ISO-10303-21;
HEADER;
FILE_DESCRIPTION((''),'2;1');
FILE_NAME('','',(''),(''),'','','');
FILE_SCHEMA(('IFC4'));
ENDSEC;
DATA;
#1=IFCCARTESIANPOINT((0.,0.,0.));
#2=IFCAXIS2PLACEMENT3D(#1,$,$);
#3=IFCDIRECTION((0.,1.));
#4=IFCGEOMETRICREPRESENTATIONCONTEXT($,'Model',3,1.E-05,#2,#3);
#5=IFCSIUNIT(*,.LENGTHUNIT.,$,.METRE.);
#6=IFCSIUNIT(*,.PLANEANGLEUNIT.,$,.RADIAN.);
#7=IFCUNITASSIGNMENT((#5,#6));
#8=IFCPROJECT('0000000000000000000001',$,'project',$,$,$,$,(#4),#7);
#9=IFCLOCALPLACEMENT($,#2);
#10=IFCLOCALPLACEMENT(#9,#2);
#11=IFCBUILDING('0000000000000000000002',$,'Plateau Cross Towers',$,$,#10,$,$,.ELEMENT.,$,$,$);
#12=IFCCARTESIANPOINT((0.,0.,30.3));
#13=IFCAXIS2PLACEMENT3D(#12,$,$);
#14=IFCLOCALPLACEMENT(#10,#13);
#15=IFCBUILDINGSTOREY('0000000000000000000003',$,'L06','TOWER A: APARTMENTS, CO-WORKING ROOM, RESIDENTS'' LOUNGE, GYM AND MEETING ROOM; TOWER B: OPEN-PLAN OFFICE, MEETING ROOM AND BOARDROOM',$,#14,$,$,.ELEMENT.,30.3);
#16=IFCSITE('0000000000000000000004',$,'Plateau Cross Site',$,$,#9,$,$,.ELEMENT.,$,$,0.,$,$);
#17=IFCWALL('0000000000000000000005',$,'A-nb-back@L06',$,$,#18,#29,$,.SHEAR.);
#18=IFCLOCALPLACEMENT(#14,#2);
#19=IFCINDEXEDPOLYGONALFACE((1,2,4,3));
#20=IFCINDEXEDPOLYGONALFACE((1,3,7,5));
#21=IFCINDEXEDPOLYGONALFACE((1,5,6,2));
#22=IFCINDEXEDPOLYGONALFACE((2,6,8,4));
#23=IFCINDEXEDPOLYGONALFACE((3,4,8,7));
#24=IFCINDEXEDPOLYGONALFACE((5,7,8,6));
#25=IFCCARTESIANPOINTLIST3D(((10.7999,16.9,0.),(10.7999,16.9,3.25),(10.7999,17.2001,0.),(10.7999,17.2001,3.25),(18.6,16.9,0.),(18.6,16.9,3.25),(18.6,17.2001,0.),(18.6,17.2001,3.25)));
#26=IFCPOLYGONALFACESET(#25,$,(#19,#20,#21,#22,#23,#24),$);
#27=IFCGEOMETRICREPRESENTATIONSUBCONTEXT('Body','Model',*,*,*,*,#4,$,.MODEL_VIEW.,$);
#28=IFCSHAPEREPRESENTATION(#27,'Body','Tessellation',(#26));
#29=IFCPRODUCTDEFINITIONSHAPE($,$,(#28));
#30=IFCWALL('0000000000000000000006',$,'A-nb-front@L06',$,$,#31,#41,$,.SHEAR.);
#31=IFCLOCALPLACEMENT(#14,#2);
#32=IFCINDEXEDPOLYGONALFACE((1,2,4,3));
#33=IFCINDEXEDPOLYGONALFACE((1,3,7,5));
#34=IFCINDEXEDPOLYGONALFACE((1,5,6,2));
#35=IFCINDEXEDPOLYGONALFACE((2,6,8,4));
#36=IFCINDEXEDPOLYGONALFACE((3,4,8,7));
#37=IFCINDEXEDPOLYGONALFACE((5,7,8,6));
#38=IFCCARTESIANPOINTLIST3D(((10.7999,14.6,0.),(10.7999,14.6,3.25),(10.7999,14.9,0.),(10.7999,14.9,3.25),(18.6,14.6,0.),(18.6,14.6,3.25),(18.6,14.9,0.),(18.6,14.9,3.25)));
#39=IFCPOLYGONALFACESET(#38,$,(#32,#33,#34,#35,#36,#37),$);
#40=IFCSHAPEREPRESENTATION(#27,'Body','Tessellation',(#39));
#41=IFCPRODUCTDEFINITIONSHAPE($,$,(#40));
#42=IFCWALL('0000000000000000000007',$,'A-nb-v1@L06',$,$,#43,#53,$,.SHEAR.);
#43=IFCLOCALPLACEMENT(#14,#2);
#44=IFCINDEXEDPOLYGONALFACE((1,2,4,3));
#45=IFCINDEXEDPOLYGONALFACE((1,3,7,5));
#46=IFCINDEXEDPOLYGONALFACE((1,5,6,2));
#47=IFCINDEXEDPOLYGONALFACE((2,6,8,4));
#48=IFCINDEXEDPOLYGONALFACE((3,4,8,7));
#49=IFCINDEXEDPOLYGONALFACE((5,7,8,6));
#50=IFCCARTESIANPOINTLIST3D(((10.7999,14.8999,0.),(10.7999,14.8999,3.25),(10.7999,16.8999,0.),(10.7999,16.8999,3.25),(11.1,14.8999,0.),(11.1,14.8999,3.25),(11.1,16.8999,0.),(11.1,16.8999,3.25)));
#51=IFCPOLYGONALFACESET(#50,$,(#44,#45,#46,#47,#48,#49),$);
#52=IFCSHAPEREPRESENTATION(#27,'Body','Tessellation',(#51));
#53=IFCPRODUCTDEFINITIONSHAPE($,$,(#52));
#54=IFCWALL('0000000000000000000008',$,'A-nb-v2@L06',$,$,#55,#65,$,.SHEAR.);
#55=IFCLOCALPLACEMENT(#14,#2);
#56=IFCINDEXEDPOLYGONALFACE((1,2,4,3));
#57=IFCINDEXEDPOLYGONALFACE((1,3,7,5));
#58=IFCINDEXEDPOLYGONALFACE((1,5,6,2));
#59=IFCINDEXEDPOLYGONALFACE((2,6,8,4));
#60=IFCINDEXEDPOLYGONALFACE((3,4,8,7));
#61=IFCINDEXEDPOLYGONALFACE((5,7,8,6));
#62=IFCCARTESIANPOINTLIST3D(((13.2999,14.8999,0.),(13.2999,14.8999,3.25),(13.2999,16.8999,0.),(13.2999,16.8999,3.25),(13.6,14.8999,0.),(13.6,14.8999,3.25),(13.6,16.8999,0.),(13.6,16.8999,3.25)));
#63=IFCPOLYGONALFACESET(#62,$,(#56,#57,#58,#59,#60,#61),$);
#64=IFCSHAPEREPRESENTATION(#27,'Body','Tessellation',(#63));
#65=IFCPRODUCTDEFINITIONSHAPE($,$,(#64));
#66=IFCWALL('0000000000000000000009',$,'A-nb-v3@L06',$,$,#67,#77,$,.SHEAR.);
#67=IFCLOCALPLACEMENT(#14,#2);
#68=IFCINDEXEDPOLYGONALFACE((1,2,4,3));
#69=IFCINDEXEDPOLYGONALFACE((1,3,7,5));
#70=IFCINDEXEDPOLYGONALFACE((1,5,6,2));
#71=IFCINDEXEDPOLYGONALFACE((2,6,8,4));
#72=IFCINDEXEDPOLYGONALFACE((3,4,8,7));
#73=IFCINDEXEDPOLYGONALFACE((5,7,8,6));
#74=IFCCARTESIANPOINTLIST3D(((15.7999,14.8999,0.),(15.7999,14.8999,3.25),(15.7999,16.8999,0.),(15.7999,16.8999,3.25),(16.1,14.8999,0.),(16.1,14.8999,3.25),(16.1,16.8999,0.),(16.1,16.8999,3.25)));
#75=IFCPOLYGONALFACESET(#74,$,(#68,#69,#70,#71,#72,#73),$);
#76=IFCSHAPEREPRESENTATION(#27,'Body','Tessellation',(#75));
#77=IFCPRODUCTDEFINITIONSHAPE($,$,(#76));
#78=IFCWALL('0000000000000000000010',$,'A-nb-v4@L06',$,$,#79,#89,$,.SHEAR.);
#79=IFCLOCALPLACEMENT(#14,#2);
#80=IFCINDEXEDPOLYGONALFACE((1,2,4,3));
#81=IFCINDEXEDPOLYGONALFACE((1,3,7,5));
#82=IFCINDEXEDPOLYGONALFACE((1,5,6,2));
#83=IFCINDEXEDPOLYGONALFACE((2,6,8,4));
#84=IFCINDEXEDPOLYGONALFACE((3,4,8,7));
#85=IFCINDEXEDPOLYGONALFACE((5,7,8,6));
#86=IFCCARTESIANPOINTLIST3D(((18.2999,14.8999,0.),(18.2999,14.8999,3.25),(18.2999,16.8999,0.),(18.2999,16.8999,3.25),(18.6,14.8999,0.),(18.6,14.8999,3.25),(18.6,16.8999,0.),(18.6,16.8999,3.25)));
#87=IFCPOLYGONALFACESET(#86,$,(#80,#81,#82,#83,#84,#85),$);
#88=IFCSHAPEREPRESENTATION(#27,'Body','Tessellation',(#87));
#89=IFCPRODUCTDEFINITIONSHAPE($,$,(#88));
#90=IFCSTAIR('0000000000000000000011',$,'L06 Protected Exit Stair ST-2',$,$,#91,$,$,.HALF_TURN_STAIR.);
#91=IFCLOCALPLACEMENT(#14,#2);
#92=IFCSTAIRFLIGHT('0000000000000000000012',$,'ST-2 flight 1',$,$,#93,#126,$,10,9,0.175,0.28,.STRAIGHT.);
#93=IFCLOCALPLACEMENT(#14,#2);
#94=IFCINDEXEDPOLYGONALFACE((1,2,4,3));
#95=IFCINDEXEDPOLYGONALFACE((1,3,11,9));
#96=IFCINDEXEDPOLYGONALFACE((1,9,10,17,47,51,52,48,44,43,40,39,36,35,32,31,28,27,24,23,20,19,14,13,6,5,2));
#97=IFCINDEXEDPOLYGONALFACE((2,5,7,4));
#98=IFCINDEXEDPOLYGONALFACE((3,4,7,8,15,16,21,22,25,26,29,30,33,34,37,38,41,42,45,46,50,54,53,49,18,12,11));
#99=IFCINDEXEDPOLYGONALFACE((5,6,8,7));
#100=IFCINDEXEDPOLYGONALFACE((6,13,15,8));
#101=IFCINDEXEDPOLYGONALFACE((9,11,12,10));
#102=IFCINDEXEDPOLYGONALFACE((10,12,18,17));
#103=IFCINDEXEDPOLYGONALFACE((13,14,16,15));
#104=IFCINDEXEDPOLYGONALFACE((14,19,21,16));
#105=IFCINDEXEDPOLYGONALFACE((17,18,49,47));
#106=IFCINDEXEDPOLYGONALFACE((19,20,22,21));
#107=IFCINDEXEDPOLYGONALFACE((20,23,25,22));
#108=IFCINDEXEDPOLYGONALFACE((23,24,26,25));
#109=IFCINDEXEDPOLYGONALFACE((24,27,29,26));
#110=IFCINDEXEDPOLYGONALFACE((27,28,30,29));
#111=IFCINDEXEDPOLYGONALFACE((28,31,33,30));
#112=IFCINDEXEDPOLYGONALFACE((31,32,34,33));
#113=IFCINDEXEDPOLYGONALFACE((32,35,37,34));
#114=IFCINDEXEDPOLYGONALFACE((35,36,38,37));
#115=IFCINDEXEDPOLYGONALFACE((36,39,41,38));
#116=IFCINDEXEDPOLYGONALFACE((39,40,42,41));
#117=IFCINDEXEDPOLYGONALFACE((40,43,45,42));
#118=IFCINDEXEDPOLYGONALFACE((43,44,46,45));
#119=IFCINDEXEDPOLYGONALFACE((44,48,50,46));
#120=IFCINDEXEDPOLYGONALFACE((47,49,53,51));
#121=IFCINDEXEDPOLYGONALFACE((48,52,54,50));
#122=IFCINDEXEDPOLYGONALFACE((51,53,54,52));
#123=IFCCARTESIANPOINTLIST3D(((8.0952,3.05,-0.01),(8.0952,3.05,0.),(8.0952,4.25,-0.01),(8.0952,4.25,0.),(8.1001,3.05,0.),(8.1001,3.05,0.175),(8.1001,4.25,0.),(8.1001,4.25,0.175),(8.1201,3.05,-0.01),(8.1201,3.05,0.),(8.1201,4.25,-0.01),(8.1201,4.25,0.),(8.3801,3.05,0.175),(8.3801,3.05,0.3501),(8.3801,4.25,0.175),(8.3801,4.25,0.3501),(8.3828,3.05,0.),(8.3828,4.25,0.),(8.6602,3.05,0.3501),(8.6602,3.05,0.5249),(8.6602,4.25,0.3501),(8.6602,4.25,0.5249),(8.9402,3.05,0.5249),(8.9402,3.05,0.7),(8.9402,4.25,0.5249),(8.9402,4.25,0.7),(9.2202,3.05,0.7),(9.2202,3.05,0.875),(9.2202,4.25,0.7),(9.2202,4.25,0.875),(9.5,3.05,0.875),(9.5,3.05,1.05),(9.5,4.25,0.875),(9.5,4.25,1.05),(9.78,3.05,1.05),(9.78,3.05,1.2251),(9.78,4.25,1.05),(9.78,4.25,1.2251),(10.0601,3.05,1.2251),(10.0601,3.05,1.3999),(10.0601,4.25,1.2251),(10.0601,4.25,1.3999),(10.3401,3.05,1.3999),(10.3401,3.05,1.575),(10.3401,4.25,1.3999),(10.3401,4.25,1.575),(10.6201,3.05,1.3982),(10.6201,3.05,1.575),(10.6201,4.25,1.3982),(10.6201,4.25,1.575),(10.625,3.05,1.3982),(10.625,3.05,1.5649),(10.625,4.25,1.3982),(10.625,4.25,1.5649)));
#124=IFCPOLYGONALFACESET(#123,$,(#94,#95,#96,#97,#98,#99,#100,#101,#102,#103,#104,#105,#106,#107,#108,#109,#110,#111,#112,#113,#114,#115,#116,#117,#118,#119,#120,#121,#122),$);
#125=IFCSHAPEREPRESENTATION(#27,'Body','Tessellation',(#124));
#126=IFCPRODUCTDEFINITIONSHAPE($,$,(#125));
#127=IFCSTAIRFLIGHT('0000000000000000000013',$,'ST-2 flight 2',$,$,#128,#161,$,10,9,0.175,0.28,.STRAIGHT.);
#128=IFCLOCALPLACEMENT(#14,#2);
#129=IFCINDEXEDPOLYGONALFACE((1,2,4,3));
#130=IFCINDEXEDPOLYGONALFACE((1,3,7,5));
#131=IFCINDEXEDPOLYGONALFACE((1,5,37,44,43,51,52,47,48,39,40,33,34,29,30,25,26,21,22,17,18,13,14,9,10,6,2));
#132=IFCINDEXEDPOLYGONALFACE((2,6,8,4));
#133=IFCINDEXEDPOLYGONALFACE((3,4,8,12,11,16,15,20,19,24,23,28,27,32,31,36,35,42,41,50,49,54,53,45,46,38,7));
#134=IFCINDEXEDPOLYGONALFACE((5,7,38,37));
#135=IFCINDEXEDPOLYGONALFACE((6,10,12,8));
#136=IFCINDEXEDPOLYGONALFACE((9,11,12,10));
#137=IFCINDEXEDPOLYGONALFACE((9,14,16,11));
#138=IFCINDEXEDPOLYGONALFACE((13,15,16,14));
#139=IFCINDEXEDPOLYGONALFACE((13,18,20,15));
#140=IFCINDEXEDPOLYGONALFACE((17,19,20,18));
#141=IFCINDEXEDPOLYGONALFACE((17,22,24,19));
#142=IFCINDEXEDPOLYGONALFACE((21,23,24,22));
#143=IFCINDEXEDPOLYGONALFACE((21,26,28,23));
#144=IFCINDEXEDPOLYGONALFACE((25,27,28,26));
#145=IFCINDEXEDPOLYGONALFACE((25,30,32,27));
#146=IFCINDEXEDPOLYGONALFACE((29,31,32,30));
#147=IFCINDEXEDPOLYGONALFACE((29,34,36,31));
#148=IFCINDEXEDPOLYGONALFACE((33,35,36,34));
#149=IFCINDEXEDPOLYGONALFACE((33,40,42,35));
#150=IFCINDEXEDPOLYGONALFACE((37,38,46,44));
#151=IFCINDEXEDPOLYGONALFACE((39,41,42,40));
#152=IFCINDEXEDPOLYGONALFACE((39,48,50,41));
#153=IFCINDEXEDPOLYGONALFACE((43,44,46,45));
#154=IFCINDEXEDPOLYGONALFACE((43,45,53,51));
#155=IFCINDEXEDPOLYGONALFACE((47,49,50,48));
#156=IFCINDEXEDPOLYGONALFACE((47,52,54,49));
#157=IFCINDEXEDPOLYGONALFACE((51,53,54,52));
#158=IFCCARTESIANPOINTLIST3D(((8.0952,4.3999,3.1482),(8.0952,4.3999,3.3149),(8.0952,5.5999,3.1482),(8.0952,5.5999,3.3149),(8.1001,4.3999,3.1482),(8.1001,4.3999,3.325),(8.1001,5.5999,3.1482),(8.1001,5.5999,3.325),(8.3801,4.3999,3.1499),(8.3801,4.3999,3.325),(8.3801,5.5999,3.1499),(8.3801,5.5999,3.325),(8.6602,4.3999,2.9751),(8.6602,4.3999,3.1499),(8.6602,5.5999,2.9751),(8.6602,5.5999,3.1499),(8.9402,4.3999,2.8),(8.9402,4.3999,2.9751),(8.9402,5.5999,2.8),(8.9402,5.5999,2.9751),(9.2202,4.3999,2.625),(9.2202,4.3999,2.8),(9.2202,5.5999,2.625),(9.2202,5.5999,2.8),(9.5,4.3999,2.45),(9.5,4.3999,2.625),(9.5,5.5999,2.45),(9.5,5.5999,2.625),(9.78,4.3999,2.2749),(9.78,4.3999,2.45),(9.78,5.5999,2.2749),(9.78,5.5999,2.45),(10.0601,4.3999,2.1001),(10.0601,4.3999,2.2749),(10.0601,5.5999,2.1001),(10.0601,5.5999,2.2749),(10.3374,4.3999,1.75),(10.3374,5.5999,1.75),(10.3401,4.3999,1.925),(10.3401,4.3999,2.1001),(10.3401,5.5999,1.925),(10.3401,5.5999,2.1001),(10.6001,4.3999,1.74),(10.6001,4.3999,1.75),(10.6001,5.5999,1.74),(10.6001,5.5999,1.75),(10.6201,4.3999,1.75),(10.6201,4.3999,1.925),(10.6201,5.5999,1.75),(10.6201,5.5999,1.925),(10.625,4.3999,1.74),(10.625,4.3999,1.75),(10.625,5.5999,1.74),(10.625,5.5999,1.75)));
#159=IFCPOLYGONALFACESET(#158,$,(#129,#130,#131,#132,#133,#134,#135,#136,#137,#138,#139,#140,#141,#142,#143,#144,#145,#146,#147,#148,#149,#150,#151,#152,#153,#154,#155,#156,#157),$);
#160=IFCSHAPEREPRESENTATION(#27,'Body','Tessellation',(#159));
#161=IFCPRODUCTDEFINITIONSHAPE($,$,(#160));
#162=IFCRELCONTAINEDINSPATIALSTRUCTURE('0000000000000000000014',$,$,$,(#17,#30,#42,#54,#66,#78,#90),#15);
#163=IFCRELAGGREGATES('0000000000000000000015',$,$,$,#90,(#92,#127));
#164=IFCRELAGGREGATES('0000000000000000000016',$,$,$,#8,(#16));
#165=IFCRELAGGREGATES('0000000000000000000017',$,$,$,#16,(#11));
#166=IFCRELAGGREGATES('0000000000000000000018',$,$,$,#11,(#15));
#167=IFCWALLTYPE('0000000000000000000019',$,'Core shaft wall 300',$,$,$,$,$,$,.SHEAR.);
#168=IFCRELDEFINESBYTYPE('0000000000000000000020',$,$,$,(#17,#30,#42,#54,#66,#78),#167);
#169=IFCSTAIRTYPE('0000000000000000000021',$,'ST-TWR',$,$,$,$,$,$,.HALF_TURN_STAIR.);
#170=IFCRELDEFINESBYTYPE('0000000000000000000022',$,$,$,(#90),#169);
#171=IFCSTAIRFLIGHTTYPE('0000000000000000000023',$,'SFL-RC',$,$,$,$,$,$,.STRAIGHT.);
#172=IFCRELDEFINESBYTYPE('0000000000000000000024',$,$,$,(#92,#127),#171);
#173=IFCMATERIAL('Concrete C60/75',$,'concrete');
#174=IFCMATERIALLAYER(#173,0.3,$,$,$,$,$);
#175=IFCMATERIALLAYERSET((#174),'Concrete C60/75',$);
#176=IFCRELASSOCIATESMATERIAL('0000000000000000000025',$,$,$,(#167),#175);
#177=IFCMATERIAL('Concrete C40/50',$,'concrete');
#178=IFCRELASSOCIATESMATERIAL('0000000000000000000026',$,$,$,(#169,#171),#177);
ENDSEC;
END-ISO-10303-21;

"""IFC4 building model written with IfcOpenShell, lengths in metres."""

from ifc_helpers import new_model, si_unit, direction, frame, frame_2d, origin, place, context, subcontext, project, spatial, polyline, rectangle, outline, extrude, material, layer, layer_set, type_object, element, aggregate, save


model = new_model("IFC4")

# Units and contexts
model_context = context("Model", 3, precision=1e-05, world=origin(), true_north=direction((0.0, 1.0)))
body_context = subcontext(model_context, "Body", "Model", "MODEL_VIEW")
ifc_project = project(units=[si_unit("LENGTHUNIT", "METRE"), si_unit("PLANEANGLEUNIT", "RADIAN")], contexts=[model_context])

# Site, building, storey
site_placement = place(None, origin())
site = spatial("IfcSite", under=ifc_project, at=site_placement, Name="Plateau Cross Site", CompositionType="ELEMENT", RefElevation=0.0)
building_placement = place(site_placement, origin())
building = spatial("IfcBuilding", under=site, at=building_placement, Name="Plateau Cross Towers", CompositionType="ELEMENT")
storey_placement = place(building_placement, frame((0.0, 0.0, 30.3)))
storey = spatial("IfcBuildingStorey", under=building, at=storey_placement, Name="L06", Description="TOWER A: APARTMENTS, CO-WORKING ROOM, RESIDENTS' LOUNGE, GYM AND MEETING ROOM; TOWER B: OPEN-PLAN OFFICE, MEETING ROOM AND BOARDROOM", CompositionType="ELEMENT", Elevation=30.3)

# Shared definitions
ifc_material_1 = material(Name="Concrete C60/75", Category="concrete")

# Walls
ifc_layer_1 = layer(ifc_material_1, 0.3)
ifc_layer_set_1 = layer_set([ifc_layer_1], Name="Concrete C60/75")
wall_type_1 = type_object("IfcWallType", Name="Core shaft wall 300", PredefinedType="SHEAR", material=ifc_layer_set_1)
for number, where, z_axis, x_axis, name in (
    (1, (10.8, 17.05, 0.0), (0.0, 0.0, 1.0), (1.0, 0.0, 0.0), "A-nb-back@L06"),
    (2, (10.8, 14.75, 0.0), (0.0, 0.0, 1.0), (1.0, 0.0, 0.0), "A-nb-front@L06"),
):
    element("IfcWall", number, at=place(storey_placement, frame(where, z_axis=z_axis, x_axis=x_axis)), inside=storey, type_object=wall_type_1, Name=name, PredefinedType="SHEAR", context=body_context, shape_type="SweptSolid", body=[
        extrude(rectangle(XDim=7.8, YDim=0.3, at=frame_2d((3.8999, 0.0))), origin(), (0.0, 0.0, 1.0), 3.25),
    ])
for number, where, z_axis, x_axis, name in (
    (3, (10.95, 14.8999, 0.0), (0.0, 0.0, 1.0), (0.0, 1.0, 0.0), "A-nb-v1@L06"),
    (4, (13.45, 14.8999, 0.0), (0.0, 0.0, 1.0), (0.0, 1.0, 0.0), "A-nb-v2@L06"),
    (5, (15.95, 14.8999, 0.0), (0.0, 0.0, 1.0), (0.0, 1.0, 0.0), "A-nb-v3@L06"),
    (6, (18.45, 14.8999, 0.0), (0.0, 0.0, 1.0), (0.0, 1.0, 0.0), "A-nb-v4@L06"),
):
    element("IfcWall", number, at=place(storey_placement, frame(where, z_axis=z_axis, x_axis=x_axis)), inside=storey, type_object=wall_type_1, Name=name, PredefinedType="SHEAR", context=body_context, shape_type="SweptSolid", body=[
        extrude(rectangle(XDim=2.0, YDim=0.3, at=frame_2d((1.0, 0.0))), origin(), (0.0, 0.0, 1.0), 3.25),
    ])

# Stair, stair flights
ifc_material_2 = material(Name="Concrete C40/50", Category="concrete")
stair_type = type_object("IfcStairType", Name="ST-TWR", PredefinedType="HALF_TURN_STAIR", material=ifc_material_2)
stair_placement = place(storey_placement, origin())
stair = element("IfcStair", 7, at=stair_placement, inside=storey, type_object=stair_type, Name="L06 Protected Exit Stair ST-2", PredefinedType="HALF_TURN_STAIR")
stair_flight_type = type_object("IfcStairFlightType", Name="SFL-RC", PredefinedType="STRAIGHT", material=ifc_material_2)
stair_flight_1_placement = place(storey_placement, frame((8.1001, 3.6499, 0.0), z_axis=(0.0, 0.0, 1.0), x_axis=(1.0, 0.0, 0.0)))
stair_flight_1 = element("IfcStairFlight", 8, at=stair_flight_1_placement, type_object=stair_flight_type, Name="ST-2 flight 1", NumberOfRisers=10, NumberOfTreads=9, PredefinedType="STRAIGHT", RiserHeight=0.175, TreadLength=0.28, context=body_context, shape_type="SweptSolid", body=[
    extrude(outline(polyline([(-0.0049, -0.01), (-0.0049, 0.0), (0.0, 0.0), (0.0, 0.175), (0.28, 0.175), (0.28, 0.3501), (0.5601, 0.3501), (0.5601, 0.5249), (0.8401, 0.5249), (0.8401, 0.7), (1.1201, 0.7), (1.1201, 0.875), (1.3999, 0.875), (1.3999, 1.05), (1.6799, 1.05), (1.6799, 1.2251), (1.96, 1.2251), (1.96, 1.3999), (2.24, 1.3999), (2.24, 1.575), (2.52, 1.575), (2.5249, 1.5649), (2.5249, 1.3982), (2.52, 1.3982), (0.2827, 0.0), (0.02, 0.0), (0.02, -0.01), (-0.0049, -0.01)])), frame((0.0, 0.6001, 0.0), z_axis=(0.0, -1.0, 0.0), x_axis=(1.0, 0.0, 0.0)), (0.0, 0.0, 1.0), 1.2),
])
stair_flight_2_placement = place(storey_placement, frame((10.6201, 5.0, 1.75), z_axis=(0.0, 0.0, 1.0), x_axis=(-1.0, 0.0, 0.0)))
stair_flight_2 = element("IfcStairFlight", 9, at=stair_flight_2_placement, type_object=stair_flight_type, Name="ST-2 flight 2", NumberOfRisers=10, NumberOfTreads=9, PredefinedType="STRAIGHT", RiserHeight=0.175, TreadLength=0.28, context=body_context, shape_type="SweptSolid", body=[
    extrude(outline(polyline([(-0.0049, -0.01), (-0.0049, 0.0), (0.0, 0.0), (0.0, 0.175), (0.28, 0.175), (0.28, 0.3501), (0.5601, 0.3501), (0.5601, 0.5249), (0.8401, 0.5249), (0.8401, 0.7), (1.1201, 0.7), (1.1201, 0.875), (1.3999, 0.875), (1.3999, 1.05), (1.6799, 1.05), (1.6799, 1.2251), (1.96, 1.2251), (1.96, 1.3999), (2.24, 1.3999), (2.24, 1.575), (2.52, 1.575), (2.5249, 1.5649), (2.5249, 1.3982), (2.52, 1.3982), (0.2827, 0.0), (0.02, 0.0), (0.02, -0.01), (-0.0049, -0.01)])), frame((0.0, 0.6001, 0.0), z_axis=(0.0, -1.0, 0.0), x_axis=(1.0, 0.0, 0.0)), (0.0, 0.0, 1.0), 1.2),
])
aggregate(stair, [stair_flight_1, stair_flight_2])

save(model, "model.ifc")
